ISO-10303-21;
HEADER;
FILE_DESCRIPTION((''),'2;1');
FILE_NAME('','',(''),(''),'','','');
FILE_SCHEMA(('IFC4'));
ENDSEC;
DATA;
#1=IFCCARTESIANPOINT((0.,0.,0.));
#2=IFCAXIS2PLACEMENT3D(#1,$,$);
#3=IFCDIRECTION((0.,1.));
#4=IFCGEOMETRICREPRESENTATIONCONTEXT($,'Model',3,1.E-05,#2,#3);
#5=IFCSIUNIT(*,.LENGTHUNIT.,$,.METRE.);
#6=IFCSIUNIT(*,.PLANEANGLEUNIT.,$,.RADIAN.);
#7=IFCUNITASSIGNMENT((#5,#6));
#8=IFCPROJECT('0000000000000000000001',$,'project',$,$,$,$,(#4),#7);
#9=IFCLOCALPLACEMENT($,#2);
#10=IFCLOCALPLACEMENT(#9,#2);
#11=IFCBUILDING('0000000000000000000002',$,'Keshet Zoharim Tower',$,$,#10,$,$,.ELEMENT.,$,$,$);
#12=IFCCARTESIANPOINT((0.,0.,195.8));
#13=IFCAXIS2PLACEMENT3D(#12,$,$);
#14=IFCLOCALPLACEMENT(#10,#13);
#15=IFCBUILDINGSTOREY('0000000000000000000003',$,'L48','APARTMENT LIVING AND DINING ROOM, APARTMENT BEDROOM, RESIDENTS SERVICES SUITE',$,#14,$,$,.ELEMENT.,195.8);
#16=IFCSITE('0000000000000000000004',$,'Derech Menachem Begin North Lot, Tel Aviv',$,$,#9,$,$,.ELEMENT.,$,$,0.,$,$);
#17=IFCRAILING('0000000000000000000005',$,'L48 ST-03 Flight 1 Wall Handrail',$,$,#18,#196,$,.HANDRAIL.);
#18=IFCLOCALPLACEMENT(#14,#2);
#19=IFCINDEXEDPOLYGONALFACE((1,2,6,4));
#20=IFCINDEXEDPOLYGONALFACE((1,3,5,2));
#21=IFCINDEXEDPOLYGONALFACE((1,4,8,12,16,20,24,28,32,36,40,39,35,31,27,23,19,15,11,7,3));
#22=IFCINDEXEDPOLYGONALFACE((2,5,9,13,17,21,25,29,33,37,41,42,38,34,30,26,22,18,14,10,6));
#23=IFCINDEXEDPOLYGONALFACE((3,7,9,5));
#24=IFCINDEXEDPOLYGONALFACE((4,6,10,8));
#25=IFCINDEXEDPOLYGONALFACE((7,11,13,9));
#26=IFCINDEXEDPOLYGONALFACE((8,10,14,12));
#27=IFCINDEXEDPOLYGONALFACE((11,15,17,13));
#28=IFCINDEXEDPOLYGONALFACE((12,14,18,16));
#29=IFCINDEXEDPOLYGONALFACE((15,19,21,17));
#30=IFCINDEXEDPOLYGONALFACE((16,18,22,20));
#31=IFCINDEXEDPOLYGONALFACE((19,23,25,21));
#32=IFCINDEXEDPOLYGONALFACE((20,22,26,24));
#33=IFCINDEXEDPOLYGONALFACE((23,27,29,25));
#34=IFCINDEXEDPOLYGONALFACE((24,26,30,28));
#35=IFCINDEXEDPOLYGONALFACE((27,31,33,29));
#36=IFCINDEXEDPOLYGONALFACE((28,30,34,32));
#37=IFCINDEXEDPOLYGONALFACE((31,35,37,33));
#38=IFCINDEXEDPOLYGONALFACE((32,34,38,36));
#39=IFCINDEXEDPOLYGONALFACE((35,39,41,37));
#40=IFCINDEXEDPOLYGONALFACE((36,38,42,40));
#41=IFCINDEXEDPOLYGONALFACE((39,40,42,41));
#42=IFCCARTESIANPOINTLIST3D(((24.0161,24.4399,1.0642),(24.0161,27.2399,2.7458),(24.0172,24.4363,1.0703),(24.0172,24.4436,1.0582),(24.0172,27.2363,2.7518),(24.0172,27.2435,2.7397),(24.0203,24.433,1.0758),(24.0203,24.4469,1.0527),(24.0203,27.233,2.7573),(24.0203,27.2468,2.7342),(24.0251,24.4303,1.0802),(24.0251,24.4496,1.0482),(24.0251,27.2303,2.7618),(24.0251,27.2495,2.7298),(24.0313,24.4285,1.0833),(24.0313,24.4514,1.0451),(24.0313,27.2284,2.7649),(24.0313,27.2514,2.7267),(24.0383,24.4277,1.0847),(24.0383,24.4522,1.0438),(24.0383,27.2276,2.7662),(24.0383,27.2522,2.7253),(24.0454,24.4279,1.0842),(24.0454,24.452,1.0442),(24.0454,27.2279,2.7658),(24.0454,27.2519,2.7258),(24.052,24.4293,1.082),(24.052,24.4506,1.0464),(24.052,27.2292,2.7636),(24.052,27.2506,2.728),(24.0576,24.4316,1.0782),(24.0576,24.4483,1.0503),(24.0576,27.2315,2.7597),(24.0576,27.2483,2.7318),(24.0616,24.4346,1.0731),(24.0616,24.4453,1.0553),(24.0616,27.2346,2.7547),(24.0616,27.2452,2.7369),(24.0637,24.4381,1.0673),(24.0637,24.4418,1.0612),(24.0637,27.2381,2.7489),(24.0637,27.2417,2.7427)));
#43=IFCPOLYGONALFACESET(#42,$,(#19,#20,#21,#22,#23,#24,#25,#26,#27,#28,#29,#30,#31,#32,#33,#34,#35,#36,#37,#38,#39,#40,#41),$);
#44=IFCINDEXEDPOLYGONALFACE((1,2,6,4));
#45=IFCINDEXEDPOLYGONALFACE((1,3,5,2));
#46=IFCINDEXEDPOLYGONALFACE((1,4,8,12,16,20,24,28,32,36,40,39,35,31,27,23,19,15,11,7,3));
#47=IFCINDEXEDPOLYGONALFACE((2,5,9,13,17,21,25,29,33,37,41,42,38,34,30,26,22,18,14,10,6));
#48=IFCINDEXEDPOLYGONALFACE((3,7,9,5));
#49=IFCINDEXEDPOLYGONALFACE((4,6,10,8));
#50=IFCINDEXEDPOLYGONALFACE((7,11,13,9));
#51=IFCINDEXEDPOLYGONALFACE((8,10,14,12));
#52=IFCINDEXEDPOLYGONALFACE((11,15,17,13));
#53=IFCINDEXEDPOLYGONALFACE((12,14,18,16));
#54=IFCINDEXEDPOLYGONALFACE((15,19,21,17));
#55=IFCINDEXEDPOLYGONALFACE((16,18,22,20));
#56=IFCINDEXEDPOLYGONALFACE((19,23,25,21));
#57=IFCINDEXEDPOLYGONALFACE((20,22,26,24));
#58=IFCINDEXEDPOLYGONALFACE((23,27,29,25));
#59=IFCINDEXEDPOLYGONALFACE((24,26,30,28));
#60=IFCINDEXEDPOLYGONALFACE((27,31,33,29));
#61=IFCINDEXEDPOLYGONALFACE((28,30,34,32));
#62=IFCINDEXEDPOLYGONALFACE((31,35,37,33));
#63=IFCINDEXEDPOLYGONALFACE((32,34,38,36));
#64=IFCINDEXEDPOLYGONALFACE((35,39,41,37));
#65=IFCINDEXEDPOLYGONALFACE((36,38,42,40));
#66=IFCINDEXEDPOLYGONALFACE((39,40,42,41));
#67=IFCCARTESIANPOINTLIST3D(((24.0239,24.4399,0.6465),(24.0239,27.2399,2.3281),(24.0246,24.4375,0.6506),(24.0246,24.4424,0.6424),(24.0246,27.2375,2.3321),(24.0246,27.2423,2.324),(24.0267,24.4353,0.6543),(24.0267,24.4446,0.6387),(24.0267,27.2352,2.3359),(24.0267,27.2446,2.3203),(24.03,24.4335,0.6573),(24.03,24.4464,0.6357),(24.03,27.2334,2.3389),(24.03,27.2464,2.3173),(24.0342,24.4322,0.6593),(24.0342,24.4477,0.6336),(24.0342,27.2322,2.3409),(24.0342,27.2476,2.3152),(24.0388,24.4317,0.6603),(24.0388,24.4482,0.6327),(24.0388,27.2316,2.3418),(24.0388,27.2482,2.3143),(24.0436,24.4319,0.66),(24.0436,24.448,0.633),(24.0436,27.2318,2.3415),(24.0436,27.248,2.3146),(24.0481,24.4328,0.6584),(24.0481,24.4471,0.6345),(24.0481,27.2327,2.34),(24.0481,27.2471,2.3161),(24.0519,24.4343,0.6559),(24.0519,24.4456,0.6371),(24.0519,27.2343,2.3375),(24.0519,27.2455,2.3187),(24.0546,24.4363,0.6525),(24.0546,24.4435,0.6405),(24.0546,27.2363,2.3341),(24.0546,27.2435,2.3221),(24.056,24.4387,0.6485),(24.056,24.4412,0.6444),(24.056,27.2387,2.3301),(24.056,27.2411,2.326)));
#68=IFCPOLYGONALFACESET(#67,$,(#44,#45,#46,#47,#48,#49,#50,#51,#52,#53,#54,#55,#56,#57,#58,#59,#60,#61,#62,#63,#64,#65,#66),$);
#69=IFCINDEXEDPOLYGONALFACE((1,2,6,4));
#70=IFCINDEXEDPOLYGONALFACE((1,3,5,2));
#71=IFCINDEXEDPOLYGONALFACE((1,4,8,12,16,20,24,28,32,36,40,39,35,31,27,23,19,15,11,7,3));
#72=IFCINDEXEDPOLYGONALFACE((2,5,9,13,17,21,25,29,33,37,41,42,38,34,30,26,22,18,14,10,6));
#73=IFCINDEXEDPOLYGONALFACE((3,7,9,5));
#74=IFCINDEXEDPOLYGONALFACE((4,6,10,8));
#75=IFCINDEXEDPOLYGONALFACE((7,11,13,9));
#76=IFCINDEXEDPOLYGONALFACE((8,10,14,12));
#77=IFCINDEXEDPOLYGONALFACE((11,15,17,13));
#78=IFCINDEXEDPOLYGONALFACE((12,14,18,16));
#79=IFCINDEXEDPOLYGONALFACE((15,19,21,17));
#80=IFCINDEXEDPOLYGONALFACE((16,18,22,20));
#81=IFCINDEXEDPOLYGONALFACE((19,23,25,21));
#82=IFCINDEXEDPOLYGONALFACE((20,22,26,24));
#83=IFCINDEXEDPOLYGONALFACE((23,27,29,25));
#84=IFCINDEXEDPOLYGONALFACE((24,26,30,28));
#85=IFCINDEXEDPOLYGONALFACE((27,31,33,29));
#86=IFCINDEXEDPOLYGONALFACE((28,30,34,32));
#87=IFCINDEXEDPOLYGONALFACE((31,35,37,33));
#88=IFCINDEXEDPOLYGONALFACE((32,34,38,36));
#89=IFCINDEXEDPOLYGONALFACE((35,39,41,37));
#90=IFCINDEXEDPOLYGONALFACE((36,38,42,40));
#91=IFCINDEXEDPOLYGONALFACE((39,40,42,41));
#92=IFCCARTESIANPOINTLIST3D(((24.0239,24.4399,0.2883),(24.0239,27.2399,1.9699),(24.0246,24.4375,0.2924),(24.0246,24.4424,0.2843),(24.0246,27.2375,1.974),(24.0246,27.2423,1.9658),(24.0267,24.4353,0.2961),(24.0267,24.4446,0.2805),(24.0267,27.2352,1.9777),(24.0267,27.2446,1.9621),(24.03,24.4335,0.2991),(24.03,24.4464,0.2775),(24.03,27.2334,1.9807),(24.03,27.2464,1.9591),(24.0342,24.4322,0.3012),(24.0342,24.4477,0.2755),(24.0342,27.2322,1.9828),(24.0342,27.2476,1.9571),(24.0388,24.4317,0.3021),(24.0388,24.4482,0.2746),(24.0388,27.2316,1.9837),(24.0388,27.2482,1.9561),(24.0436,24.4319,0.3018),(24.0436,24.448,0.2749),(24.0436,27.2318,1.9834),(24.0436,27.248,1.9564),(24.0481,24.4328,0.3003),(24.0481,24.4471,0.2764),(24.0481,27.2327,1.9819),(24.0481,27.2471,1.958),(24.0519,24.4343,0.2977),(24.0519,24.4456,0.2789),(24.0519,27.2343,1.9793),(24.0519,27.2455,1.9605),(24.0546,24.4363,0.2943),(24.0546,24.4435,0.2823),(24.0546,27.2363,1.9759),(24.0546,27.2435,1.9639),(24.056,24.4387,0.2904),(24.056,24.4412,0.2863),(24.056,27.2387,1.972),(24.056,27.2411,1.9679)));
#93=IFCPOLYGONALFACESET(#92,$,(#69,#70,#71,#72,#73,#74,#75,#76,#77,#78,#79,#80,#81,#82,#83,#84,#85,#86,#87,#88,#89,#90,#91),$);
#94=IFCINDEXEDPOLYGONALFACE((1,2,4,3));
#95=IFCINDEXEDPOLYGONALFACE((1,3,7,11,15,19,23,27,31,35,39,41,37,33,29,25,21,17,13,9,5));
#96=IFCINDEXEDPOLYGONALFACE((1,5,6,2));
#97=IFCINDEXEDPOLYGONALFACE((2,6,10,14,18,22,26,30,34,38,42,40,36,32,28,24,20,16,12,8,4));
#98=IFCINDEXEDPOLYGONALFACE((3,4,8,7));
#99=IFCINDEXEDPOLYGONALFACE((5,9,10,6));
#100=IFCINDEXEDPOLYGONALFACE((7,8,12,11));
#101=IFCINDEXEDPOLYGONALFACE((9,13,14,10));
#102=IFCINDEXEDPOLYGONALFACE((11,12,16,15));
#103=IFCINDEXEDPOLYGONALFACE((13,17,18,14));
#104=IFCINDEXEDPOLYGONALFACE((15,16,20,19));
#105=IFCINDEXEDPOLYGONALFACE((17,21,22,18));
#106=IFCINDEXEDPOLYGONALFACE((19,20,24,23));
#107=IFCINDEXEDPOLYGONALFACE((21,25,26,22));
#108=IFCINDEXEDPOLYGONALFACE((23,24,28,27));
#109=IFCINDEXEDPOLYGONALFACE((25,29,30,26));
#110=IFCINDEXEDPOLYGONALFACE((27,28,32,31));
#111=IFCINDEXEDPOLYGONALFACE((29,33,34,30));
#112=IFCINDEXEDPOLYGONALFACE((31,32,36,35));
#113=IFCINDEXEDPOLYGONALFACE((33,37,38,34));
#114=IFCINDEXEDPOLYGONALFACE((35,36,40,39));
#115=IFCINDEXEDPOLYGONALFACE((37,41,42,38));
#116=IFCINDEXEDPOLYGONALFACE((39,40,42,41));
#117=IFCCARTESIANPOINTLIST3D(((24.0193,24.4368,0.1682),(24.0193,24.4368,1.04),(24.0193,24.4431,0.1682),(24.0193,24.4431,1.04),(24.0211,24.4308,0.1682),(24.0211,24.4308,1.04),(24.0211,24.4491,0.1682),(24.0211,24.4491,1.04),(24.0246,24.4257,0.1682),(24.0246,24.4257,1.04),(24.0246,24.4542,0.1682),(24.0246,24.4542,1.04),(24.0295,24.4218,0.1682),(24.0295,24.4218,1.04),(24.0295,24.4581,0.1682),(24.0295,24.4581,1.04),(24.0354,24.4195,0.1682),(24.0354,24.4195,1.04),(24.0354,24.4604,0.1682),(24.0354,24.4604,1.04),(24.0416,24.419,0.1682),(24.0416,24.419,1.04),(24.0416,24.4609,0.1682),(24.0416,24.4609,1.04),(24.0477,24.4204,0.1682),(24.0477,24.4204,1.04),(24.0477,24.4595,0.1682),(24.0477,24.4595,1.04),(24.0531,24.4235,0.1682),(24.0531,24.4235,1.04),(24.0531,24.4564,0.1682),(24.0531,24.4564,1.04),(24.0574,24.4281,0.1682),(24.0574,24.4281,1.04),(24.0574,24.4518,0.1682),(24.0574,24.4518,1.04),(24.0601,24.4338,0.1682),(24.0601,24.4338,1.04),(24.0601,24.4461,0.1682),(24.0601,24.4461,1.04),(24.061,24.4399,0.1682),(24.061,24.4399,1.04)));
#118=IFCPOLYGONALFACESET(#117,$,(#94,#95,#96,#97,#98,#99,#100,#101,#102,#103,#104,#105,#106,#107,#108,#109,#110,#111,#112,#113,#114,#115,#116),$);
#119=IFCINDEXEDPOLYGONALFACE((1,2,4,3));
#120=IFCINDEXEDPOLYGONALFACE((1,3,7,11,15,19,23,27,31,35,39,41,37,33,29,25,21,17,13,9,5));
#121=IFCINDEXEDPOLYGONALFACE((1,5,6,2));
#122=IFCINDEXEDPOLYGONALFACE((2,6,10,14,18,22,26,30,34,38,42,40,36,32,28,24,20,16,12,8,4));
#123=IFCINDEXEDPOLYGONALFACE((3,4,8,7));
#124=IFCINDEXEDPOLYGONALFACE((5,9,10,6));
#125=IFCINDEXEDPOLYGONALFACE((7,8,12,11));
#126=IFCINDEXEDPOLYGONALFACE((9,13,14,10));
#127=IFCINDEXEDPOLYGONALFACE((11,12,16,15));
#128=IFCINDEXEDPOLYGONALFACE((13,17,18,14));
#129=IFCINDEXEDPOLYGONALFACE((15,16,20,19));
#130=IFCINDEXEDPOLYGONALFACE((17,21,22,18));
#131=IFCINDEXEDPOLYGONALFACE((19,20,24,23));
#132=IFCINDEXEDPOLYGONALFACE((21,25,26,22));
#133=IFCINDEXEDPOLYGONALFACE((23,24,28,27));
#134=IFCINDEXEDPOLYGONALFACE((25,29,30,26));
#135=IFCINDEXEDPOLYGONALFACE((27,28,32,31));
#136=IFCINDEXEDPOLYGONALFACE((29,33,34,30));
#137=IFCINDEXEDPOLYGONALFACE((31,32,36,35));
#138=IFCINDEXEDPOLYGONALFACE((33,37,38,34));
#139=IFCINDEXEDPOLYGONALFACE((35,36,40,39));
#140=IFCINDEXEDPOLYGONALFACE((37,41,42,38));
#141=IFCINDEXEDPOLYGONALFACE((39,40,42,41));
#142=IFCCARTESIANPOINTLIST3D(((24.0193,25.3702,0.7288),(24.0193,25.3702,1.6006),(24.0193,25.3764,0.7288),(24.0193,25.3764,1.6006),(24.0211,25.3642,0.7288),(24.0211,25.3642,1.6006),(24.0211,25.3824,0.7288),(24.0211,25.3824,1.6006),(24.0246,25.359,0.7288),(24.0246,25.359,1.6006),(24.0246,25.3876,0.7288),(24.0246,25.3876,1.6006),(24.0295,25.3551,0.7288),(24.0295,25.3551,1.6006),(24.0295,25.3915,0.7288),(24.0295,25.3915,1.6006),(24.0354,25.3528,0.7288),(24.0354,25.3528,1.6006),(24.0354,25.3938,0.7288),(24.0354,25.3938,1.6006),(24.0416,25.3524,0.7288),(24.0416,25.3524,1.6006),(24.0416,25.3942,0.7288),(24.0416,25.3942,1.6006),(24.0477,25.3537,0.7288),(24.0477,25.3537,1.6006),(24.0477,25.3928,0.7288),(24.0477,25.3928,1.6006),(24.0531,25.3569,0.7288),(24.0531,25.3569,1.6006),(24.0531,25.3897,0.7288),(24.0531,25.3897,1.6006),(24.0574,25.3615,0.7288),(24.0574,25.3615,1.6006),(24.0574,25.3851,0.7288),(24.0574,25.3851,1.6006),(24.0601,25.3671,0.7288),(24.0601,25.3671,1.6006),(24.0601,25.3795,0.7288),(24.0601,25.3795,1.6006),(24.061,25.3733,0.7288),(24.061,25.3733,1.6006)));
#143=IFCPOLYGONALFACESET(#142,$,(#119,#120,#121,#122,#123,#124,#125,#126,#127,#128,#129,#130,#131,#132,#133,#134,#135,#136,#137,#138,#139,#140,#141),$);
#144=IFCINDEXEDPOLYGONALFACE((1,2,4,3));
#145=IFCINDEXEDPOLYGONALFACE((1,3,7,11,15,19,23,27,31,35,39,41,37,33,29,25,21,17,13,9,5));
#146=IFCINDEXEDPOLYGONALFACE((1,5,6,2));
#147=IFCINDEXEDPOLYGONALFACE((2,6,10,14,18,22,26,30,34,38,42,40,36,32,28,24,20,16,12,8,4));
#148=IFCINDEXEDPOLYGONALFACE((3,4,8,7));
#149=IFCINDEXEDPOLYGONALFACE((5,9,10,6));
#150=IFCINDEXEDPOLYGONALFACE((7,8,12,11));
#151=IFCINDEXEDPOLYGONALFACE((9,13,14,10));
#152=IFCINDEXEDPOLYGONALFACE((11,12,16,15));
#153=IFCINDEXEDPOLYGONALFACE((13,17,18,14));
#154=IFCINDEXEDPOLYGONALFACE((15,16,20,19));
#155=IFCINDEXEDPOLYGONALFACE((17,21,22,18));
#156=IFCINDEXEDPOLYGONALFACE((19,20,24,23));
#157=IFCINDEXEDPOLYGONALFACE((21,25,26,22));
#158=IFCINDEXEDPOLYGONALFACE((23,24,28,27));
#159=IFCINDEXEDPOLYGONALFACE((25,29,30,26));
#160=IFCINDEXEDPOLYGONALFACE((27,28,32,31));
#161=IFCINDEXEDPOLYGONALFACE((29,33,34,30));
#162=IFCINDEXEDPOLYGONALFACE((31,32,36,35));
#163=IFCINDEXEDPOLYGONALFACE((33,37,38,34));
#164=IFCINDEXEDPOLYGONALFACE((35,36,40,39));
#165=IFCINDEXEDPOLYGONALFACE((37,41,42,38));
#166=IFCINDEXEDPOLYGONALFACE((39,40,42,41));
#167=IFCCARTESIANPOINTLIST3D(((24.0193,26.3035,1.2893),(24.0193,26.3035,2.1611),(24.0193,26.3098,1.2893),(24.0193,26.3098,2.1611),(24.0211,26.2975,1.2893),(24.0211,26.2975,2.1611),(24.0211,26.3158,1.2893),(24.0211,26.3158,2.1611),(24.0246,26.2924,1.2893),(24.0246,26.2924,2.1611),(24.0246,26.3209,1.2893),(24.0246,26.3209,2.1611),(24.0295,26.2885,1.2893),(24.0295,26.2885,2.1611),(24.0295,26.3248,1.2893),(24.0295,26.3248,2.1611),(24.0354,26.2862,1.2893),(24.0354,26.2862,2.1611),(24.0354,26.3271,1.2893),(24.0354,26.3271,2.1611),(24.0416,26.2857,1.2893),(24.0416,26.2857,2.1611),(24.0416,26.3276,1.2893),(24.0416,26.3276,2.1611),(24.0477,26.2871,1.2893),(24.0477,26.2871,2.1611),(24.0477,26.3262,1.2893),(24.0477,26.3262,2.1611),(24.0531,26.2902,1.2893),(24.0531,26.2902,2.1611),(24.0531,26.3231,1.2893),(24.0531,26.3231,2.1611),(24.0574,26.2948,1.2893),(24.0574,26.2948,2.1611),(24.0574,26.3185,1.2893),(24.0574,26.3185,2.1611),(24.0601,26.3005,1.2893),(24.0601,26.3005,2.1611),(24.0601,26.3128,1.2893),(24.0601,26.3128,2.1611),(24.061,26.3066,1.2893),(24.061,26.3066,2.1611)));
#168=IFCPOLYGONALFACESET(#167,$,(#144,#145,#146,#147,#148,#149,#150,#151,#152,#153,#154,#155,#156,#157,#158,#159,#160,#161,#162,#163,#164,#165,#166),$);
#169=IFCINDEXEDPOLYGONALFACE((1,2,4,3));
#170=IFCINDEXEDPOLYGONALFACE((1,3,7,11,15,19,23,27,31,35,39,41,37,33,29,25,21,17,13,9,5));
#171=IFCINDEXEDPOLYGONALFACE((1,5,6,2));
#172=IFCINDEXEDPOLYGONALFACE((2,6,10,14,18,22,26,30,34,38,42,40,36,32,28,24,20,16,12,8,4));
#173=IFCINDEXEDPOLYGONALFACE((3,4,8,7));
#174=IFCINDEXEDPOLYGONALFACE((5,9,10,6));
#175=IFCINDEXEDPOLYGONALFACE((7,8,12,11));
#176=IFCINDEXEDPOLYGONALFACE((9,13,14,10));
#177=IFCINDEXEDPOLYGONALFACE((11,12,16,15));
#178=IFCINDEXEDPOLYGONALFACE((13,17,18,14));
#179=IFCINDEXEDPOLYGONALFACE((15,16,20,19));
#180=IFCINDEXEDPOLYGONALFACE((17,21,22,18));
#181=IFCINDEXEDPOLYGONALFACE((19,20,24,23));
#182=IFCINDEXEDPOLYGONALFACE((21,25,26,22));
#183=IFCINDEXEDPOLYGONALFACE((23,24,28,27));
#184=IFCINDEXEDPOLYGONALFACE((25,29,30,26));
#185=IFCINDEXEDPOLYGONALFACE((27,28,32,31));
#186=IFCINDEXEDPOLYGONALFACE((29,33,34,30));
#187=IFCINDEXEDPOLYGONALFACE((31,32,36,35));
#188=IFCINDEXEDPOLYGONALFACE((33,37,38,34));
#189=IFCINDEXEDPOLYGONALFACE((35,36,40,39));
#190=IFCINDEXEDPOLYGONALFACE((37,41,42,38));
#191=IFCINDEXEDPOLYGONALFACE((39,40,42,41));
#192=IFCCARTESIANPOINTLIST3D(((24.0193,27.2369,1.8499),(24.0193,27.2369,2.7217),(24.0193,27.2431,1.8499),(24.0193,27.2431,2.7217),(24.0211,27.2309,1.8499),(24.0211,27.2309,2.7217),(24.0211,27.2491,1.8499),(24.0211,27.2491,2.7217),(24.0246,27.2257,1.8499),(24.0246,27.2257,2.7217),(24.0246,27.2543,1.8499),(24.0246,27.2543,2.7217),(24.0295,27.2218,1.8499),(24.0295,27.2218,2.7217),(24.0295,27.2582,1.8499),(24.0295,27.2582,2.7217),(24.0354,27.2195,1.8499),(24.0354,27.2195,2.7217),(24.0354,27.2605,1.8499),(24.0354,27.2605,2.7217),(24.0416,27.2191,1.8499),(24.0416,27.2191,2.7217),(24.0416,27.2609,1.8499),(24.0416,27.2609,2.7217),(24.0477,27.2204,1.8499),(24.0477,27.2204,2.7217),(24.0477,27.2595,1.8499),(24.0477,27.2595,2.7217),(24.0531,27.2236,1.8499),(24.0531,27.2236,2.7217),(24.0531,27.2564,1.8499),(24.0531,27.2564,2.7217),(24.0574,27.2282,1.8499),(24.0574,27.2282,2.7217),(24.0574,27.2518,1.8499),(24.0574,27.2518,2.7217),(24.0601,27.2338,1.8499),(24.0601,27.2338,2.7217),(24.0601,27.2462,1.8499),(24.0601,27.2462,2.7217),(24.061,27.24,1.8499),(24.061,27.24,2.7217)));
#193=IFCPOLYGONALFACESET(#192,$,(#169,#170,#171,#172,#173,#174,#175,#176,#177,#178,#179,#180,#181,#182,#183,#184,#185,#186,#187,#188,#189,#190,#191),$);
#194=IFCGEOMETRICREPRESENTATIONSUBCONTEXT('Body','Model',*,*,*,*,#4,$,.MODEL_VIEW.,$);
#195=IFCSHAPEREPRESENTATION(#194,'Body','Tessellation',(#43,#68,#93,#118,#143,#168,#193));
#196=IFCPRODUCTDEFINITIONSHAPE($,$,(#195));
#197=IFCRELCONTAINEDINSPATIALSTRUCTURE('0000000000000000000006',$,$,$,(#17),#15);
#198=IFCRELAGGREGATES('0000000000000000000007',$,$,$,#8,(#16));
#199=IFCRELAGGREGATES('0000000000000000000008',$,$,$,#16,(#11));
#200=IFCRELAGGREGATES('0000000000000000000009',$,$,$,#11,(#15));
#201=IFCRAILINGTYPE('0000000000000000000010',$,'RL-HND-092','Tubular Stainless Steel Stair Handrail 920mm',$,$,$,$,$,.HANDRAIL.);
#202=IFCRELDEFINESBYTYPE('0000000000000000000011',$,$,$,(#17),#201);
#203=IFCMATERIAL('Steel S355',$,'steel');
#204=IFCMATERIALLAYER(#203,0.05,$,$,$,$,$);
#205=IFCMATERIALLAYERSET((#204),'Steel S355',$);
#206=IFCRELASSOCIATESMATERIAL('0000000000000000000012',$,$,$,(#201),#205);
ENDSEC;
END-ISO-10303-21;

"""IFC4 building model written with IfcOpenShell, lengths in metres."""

from ifc_helpers import new_model, si_unit, direction, frame, origin, origin_2d, place, context, subcontext, project, spatial, circle, extrude, material, layer, layer_set, type_object, element, save


model = new_model("IFC4")

# Units and contexts
model_context = context("Model", 3, precision=1e-05, world=origin(), true_north=direction((0.0, 1.0)))
body_context = subcontext(model_context, "Body", "Model", "MODEL_VIEW")
ifc_project = project(units=[si_unit("LENGTHUNIT", "METRE"), si_unit("PLANEANGLEUNIT", "RADIAN")], contexts=[model_context])

# Site, building, storey
site_placement = place(None, origin())
site = spatial("IfcSite", under=ifc_project, at=site_placement, Name="Derech Menachem Begin North Lot, Tel Aviv", CompositionType="ELEMENT", RefElevation=0.0)
building_placement = place(site_placement, origin())
building = spatial("IfcBuilding", under=site, at=building_placement, Name="Keshet Zoharim Tower", CompositionType="ELEMENT")
storey_placement = place(building_placement, frame((0.0, 0.0, 195.8)))
storey = spatial("IfcBuildingStorey", under=building, at=storey_placement, Name="L48", Description="APARTMENT LIVING AND DINING ROOM, APARTMENT BEDROOM, RESIDENTS SERVICES SUITE", CompositionType="ELEMENT", Elevation=195.8)

# Railing
ifc_material_1 = material(Name="Steel S355", Category="steel")
ifc_layer_1 = layer(ifc_material_1, 0.05)
ifc_layer_set_1 = layer_set([ifc_layer_1], Name="Steel S355")
railing_type_1 = type_object("IfcRailingType", Name="RL-HND-092", Description="Tubular Stainless Steel Stair Handrail 920mm", PredefinedType="HANDRAIL", material=ifc_layer_set_1)
railing_1_placement = place(storey_placement, frame((24.04, 24.4399, 0.1682)))
element("IfcRailing", 1, at=railing_1_placement, inside=storey, type_object=railing_type_1, Name="L48 ST-03 Flight 1 Wall Handrail", PredefinedType="HANDRAIL", context=body_context, shape_type="SweptSolid", body=[
    extrude(circle(Radius=0.0239, at=origin_2d()), frame((0.0, 0.0, 0.896), z_axis=(0.0, 0.857275, 0.514858), x_axis=(-1.0, 0.0, 0.0)), (0.0, 0.0, 1.0), 3.2661),
    extrude(circle(Radius=0.0161, at=origin_2d()), frame((0.0, 0.0, 0.4783), z_axis=(0.0, 0.857275, 0.514858), x_axis=(-1.0, 0.0, 0.0)), (0.0, 0.0, 1.0), 3.2661),
    extrude(circle(Radius=0.0161, at=origin_2d()), frame((0.0, 0.0, 0.1201), z_axis=(0.0, 0.857275, 0.514858), x_axis=(-1.0, 0.0, 0.0)), (0.0, 0.0, 1.0), 3.2661),
    extrude(circle(Radius=0.021, at=origin_2d()), origin(), (0.0, 0.0, 1.0), 0.8718),
    extrude(circle(Radius=0.021, at=origin_2d()), frame((0.0, 0.9333, 0.5605)), (0.0, 0.0, 1.0), 0.8718),
    extrude(circle(Radius=0.021, at=origin_2d()), frame((0.0, 1.8667, 1.1211)), (0.0, 0.0, 1.0), 0.8718),
    extrude(circle(Radius=0.021, at=origin_2d()), frame((0.0, 2.8, 1.6816)), (0.0, 0.0, 1.0), 0.8718),
])

save(model, "model.ifc")
